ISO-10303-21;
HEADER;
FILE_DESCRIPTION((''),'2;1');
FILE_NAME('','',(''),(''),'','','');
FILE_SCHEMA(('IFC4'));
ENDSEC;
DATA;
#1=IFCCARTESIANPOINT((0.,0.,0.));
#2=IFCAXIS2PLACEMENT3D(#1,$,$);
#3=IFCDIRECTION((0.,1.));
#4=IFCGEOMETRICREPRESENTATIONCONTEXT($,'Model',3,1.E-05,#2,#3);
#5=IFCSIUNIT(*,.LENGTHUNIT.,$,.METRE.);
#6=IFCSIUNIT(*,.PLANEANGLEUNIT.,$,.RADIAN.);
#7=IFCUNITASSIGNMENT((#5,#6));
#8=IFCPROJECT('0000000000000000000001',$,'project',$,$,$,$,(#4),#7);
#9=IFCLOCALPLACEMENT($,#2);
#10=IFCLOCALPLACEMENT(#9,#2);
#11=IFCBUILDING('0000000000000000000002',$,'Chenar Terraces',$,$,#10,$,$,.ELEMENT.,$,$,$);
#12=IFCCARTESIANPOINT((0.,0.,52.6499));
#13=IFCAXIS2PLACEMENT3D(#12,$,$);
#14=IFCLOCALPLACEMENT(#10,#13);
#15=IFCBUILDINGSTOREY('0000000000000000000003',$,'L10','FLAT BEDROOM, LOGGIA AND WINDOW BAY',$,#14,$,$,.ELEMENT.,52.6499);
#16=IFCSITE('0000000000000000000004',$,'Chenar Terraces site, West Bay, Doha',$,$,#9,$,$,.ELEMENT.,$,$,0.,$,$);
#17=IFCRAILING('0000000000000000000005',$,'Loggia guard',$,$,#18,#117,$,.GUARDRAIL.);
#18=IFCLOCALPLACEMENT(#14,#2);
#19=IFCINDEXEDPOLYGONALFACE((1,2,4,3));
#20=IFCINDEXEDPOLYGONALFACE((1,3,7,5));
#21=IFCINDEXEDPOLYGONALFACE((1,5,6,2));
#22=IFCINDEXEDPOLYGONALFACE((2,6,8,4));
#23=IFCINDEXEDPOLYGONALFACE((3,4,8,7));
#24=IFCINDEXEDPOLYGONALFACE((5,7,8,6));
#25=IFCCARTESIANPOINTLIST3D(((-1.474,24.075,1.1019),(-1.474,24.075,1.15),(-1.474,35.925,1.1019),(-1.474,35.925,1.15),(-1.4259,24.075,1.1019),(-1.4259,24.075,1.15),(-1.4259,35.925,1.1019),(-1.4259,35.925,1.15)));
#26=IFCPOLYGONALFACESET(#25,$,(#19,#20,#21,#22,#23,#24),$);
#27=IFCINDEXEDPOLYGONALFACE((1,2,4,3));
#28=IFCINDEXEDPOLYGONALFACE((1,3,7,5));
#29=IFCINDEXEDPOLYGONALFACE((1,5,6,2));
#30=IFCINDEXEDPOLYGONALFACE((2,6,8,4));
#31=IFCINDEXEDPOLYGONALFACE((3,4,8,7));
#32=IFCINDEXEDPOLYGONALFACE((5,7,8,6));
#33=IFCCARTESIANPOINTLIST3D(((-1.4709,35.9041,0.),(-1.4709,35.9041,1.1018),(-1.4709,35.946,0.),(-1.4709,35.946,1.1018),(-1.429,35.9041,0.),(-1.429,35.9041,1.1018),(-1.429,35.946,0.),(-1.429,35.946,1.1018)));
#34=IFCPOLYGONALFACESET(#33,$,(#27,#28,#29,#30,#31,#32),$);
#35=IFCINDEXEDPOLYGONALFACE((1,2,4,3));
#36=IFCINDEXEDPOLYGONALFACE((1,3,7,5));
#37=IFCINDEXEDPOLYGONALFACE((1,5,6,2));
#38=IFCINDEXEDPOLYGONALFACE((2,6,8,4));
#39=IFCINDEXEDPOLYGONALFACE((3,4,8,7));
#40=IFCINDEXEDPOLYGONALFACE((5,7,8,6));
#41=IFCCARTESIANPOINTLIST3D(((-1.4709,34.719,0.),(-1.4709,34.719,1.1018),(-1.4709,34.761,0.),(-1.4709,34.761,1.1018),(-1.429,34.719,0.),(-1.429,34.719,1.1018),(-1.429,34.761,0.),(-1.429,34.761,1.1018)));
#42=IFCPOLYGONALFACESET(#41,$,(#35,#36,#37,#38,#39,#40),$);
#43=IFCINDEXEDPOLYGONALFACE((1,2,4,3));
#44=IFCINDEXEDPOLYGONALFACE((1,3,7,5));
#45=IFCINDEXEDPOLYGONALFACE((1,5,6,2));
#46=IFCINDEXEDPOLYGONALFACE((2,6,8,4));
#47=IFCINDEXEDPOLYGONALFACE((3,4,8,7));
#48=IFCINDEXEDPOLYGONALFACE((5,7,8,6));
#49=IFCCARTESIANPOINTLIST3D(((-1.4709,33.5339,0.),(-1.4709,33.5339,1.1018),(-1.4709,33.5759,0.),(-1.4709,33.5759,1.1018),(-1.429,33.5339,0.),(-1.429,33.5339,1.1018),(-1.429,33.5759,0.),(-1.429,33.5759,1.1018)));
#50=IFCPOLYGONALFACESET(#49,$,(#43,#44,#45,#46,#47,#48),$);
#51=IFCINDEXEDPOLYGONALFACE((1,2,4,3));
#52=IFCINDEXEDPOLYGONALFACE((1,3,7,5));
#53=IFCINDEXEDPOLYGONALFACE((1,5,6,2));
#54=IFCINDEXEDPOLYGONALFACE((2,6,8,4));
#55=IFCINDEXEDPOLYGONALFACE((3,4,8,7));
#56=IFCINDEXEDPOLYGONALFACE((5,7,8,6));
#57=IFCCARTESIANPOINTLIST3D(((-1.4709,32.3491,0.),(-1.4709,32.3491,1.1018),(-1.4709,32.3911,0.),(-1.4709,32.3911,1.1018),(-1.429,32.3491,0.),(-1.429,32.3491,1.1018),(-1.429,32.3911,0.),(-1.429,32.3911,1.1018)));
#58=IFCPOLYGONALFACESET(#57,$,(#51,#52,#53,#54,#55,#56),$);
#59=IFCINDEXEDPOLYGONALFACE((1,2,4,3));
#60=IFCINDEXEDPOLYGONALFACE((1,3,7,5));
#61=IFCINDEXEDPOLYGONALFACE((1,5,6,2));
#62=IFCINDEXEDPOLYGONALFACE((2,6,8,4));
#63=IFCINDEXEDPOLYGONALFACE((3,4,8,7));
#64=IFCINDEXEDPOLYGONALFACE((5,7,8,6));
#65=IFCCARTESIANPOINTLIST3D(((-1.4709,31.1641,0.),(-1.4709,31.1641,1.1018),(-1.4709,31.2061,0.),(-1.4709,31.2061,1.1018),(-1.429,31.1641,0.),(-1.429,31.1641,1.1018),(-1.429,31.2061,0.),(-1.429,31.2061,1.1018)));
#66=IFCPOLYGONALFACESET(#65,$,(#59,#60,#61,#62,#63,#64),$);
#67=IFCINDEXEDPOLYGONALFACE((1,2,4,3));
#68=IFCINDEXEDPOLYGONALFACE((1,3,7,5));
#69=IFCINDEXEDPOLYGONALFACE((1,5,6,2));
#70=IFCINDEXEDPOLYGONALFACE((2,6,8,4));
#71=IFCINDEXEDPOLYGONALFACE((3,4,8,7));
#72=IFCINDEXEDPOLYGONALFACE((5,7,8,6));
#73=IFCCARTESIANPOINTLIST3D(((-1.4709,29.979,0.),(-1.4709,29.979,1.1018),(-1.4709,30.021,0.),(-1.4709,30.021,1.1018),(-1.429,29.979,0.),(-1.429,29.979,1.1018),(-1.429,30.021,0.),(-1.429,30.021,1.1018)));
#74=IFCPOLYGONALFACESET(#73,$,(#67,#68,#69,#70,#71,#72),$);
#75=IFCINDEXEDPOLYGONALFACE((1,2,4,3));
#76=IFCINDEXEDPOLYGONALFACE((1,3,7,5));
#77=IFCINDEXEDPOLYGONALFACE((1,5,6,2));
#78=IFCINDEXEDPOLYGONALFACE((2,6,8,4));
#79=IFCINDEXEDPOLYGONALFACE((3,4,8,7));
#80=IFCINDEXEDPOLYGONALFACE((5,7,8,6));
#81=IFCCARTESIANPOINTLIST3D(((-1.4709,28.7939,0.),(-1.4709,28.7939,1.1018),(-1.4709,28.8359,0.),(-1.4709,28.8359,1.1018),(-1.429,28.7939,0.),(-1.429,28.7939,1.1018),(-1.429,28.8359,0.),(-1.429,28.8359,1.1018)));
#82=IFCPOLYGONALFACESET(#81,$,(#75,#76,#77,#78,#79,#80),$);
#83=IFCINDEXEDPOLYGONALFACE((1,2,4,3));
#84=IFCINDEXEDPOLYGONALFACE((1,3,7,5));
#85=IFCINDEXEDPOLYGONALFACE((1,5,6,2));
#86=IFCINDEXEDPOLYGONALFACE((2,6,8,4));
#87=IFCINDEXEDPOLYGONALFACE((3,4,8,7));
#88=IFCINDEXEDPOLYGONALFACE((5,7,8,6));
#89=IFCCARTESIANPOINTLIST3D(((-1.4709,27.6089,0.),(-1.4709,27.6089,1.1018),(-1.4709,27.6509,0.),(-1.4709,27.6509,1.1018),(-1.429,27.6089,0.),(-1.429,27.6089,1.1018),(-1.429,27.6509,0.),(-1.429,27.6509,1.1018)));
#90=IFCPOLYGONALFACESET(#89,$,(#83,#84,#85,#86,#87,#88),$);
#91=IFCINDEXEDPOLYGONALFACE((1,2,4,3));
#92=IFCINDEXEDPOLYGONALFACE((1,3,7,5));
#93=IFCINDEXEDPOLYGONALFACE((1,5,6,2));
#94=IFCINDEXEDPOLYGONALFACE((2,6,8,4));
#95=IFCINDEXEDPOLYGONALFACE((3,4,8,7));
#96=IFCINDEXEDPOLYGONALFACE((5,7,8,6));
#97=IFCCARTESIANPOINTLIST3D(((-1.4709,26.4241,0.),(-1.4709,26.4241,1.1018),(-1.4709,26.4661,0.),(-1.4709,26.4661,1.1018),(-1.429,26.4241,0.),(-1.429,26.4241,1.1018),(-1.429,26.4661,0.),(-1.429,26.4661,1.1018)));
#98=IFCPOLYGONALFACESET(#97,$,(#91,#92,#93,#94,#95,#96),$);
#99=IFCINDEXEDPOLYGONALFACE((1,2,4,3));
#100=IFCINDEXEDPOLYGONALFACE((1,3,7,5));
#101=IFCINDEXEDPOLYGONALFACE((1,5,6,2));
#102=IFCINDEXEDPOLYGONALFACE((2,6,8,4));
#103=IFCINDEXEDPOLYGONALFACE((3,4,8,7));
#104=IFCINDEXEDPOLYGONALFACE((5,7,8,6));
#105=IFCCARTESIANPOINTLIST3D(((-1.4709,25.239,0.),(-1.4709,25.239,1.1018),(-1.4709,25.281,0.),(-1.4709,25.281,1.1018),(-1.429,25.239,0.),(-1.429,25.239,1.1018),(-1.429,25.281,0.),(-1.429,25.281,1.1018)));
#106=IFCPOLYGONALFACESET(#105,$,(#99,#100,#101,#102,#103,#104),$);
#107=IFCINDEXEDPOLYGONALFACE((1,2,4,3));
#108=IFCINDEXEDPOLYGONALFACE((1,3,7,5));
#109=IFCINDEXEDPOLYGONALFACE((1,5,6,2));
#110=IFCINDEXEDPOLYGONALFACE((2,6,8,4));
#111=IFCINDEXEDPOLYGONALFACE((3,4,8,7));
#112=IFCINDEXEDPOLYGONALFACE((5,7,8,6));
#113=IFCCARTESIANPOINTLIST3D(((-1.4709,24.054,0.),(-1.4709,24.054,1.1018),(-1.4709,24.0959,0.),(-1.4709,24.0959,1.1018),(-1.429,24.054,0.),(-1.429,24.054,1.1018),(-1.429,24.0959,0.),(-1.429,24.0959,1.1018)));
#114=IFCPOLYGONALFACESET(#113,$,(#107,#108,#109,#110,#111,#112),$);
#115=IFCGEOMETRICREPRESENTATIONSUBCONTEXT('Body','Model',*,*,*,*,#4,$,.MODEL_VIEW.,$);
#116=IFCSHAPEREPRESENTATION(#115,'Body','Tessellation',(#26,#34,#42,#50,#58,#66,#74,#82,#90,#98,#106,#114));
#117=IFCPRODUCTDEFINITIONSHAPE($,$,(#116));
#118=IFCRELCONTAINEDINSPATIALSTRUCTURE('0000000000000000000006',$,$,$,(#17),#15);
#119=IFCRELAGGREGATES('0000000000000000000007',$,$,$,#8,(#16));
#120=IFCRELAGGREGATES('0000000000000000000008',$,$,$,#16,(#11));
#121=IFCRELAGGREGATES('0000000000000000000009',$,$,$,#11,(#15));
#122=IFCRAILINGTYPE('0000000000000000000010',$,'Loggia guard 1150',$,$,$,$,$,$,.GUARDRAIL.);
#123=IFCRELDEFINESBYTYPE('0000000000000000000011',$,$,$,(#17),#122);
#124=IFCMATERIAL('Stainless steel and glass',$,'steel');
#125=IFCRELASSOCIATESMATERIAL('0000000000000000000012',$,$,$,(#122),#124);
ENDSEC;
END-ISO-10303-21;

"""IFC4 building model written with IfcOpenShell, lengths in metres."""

from ifc_helpers import new_model, si_unit, direction, frame, origin, origin_2d, place, context, subcontext, project, spatial, rectangle, extrude, material, type_object, element, save


model = new_model("IFC4")

# Units and contexts
model_context = context("Model", 3, precision=1e-05, world=origin(), true_north=direction((0.0, 1.0)))
body_context = subcontext(model_context, "Body", "Model", "MODEL_VIEW")
ifc_project = project(units=[si_unit("LENGTHUNIT", "METRE"), si_unit("PLANEANGLEUNIT", "RADIAN")], contexts=[model_context])

# Site, building, storey
site_placement = place(None, origin())
site = spatial("IfcSite", under=ifc_project, at=site_placement, Name="Chenar Terraces site, West Bay, Doha", CompositionType="ELEMENT", RefElevation=0.0)
building_placement = place(site_placement, origin())
building = spatial("IfcBuilding", under=site, at=building_placement, Name="Chenar Terraces", CompositionType="ELEMENT")
storey_placement = place(building_placement, frame((0.0, 0.0, 52.6499)))
storey = spatial("IfcBuildingStorey", under=building, at=storey_placement, Name="L10", Description="FLAT BEDROOM, LOGGIA AND WINDOW BAY", CompositionType="ELEMENT", Elevation=52.6499)

# Railing
ifc_material_1 = material(Name="Stainless steel and glass", Category="steel")
railing_type_1 = type_object("IfcRailingType", Name="Loggia guard 1150", PredefinedType="GUARDRAIL", material=ifc_material_1)
railing_1_placement = place(storey_placement, frame((-1.45, 35.925, 0.0)))
element("IfcRailing", 1, at=railing_1_placement, inside=storey, type_object=railing_type_1, Name="Loggia guard", PredefinedType="GUARDRAIL", context=body_context, shape_type="SweptSolid", body=[
    extrude(rectangle(XDim=0.0481, YDim=0.0481, at=origin_2d()), frame((0.0, 0.0, 1.126), z_axis=(0.0, -1.0, 0.0), x_axis=(1.0, 0.0, 0.0)), (0.0, 0.0, 1.0), 11.8501),
    extrude(rectangle(XDim=0.042, YDim=0.042, at=origin_2d()), origin(), (0.0, 0.0, 1.0), 1.1018),
    extrude(rectangle(XDim=0.042, YDim=0.042, at=origin_2d()), frame((0.0, -1.1851, 0.0)), (0.0, 0.0, 1.0), 1.1018),
    extrude(rectangle(XDim=0.042, YDim=0.042, at=origin_2d()), frame((0.0, -2.3701, 0.0)), (0.0, 0.0, 1.0), 1.1018),
    extrude(rectangle(XDim=0.042, YDim=0.042, at=origin_2d()), frame((0.0, -3.5549, 0.0)), (0.0, 0.0, 1.0), 1.1018),
    extrude(rectangle(XDim=0.042, YDim=0.042, at=origin_2d()), frame((0.0, -4.74, 0.0)), (0.0, 0.0, 1.0), 1.1018),
    extrude(rectangle(XDim=0.042, YDim=0.042, at=origin_2d()), frame((0.0, -5.925, 0.0)), (0.0, 0.0, 1.0), 1.1018),
    extrude(rectangle(XDim=0.042, YDim=0.042, at=origin_2d()), frame((0.0, -7.1101, 0.0)), (0.0, 0.0, 1.0), 1.1018),
    extrude(rectangle(XDim=0.042, YDim=0.042, at=origin_2d()), frame((0.0, -8.2952, 0.0)), (0.0, 0.0, 1.0), 1.1018),
    extrude(rectangle(XDim=0.042, YDim=0.042, at=origin_2d()), frame((0.0, -9.48, 0.0)), (0.0, 0.0, 1.0), 1.1018),
    extrude(rectangle(XDim=0.042, YDim=0.042, at=origin_2d()), frame((0.0, -10.665, 0.0)), (0.0, 0.0, 1.0), 1.1018),
    extrude(rectangle(XDim=0.042, YDim=0.042, at=origin_2d()), frame((0.0, -11.8501, 0.0)), (0.0, 0.0, 1.0), 1.1018),
])

save(model, "model.ifc")
